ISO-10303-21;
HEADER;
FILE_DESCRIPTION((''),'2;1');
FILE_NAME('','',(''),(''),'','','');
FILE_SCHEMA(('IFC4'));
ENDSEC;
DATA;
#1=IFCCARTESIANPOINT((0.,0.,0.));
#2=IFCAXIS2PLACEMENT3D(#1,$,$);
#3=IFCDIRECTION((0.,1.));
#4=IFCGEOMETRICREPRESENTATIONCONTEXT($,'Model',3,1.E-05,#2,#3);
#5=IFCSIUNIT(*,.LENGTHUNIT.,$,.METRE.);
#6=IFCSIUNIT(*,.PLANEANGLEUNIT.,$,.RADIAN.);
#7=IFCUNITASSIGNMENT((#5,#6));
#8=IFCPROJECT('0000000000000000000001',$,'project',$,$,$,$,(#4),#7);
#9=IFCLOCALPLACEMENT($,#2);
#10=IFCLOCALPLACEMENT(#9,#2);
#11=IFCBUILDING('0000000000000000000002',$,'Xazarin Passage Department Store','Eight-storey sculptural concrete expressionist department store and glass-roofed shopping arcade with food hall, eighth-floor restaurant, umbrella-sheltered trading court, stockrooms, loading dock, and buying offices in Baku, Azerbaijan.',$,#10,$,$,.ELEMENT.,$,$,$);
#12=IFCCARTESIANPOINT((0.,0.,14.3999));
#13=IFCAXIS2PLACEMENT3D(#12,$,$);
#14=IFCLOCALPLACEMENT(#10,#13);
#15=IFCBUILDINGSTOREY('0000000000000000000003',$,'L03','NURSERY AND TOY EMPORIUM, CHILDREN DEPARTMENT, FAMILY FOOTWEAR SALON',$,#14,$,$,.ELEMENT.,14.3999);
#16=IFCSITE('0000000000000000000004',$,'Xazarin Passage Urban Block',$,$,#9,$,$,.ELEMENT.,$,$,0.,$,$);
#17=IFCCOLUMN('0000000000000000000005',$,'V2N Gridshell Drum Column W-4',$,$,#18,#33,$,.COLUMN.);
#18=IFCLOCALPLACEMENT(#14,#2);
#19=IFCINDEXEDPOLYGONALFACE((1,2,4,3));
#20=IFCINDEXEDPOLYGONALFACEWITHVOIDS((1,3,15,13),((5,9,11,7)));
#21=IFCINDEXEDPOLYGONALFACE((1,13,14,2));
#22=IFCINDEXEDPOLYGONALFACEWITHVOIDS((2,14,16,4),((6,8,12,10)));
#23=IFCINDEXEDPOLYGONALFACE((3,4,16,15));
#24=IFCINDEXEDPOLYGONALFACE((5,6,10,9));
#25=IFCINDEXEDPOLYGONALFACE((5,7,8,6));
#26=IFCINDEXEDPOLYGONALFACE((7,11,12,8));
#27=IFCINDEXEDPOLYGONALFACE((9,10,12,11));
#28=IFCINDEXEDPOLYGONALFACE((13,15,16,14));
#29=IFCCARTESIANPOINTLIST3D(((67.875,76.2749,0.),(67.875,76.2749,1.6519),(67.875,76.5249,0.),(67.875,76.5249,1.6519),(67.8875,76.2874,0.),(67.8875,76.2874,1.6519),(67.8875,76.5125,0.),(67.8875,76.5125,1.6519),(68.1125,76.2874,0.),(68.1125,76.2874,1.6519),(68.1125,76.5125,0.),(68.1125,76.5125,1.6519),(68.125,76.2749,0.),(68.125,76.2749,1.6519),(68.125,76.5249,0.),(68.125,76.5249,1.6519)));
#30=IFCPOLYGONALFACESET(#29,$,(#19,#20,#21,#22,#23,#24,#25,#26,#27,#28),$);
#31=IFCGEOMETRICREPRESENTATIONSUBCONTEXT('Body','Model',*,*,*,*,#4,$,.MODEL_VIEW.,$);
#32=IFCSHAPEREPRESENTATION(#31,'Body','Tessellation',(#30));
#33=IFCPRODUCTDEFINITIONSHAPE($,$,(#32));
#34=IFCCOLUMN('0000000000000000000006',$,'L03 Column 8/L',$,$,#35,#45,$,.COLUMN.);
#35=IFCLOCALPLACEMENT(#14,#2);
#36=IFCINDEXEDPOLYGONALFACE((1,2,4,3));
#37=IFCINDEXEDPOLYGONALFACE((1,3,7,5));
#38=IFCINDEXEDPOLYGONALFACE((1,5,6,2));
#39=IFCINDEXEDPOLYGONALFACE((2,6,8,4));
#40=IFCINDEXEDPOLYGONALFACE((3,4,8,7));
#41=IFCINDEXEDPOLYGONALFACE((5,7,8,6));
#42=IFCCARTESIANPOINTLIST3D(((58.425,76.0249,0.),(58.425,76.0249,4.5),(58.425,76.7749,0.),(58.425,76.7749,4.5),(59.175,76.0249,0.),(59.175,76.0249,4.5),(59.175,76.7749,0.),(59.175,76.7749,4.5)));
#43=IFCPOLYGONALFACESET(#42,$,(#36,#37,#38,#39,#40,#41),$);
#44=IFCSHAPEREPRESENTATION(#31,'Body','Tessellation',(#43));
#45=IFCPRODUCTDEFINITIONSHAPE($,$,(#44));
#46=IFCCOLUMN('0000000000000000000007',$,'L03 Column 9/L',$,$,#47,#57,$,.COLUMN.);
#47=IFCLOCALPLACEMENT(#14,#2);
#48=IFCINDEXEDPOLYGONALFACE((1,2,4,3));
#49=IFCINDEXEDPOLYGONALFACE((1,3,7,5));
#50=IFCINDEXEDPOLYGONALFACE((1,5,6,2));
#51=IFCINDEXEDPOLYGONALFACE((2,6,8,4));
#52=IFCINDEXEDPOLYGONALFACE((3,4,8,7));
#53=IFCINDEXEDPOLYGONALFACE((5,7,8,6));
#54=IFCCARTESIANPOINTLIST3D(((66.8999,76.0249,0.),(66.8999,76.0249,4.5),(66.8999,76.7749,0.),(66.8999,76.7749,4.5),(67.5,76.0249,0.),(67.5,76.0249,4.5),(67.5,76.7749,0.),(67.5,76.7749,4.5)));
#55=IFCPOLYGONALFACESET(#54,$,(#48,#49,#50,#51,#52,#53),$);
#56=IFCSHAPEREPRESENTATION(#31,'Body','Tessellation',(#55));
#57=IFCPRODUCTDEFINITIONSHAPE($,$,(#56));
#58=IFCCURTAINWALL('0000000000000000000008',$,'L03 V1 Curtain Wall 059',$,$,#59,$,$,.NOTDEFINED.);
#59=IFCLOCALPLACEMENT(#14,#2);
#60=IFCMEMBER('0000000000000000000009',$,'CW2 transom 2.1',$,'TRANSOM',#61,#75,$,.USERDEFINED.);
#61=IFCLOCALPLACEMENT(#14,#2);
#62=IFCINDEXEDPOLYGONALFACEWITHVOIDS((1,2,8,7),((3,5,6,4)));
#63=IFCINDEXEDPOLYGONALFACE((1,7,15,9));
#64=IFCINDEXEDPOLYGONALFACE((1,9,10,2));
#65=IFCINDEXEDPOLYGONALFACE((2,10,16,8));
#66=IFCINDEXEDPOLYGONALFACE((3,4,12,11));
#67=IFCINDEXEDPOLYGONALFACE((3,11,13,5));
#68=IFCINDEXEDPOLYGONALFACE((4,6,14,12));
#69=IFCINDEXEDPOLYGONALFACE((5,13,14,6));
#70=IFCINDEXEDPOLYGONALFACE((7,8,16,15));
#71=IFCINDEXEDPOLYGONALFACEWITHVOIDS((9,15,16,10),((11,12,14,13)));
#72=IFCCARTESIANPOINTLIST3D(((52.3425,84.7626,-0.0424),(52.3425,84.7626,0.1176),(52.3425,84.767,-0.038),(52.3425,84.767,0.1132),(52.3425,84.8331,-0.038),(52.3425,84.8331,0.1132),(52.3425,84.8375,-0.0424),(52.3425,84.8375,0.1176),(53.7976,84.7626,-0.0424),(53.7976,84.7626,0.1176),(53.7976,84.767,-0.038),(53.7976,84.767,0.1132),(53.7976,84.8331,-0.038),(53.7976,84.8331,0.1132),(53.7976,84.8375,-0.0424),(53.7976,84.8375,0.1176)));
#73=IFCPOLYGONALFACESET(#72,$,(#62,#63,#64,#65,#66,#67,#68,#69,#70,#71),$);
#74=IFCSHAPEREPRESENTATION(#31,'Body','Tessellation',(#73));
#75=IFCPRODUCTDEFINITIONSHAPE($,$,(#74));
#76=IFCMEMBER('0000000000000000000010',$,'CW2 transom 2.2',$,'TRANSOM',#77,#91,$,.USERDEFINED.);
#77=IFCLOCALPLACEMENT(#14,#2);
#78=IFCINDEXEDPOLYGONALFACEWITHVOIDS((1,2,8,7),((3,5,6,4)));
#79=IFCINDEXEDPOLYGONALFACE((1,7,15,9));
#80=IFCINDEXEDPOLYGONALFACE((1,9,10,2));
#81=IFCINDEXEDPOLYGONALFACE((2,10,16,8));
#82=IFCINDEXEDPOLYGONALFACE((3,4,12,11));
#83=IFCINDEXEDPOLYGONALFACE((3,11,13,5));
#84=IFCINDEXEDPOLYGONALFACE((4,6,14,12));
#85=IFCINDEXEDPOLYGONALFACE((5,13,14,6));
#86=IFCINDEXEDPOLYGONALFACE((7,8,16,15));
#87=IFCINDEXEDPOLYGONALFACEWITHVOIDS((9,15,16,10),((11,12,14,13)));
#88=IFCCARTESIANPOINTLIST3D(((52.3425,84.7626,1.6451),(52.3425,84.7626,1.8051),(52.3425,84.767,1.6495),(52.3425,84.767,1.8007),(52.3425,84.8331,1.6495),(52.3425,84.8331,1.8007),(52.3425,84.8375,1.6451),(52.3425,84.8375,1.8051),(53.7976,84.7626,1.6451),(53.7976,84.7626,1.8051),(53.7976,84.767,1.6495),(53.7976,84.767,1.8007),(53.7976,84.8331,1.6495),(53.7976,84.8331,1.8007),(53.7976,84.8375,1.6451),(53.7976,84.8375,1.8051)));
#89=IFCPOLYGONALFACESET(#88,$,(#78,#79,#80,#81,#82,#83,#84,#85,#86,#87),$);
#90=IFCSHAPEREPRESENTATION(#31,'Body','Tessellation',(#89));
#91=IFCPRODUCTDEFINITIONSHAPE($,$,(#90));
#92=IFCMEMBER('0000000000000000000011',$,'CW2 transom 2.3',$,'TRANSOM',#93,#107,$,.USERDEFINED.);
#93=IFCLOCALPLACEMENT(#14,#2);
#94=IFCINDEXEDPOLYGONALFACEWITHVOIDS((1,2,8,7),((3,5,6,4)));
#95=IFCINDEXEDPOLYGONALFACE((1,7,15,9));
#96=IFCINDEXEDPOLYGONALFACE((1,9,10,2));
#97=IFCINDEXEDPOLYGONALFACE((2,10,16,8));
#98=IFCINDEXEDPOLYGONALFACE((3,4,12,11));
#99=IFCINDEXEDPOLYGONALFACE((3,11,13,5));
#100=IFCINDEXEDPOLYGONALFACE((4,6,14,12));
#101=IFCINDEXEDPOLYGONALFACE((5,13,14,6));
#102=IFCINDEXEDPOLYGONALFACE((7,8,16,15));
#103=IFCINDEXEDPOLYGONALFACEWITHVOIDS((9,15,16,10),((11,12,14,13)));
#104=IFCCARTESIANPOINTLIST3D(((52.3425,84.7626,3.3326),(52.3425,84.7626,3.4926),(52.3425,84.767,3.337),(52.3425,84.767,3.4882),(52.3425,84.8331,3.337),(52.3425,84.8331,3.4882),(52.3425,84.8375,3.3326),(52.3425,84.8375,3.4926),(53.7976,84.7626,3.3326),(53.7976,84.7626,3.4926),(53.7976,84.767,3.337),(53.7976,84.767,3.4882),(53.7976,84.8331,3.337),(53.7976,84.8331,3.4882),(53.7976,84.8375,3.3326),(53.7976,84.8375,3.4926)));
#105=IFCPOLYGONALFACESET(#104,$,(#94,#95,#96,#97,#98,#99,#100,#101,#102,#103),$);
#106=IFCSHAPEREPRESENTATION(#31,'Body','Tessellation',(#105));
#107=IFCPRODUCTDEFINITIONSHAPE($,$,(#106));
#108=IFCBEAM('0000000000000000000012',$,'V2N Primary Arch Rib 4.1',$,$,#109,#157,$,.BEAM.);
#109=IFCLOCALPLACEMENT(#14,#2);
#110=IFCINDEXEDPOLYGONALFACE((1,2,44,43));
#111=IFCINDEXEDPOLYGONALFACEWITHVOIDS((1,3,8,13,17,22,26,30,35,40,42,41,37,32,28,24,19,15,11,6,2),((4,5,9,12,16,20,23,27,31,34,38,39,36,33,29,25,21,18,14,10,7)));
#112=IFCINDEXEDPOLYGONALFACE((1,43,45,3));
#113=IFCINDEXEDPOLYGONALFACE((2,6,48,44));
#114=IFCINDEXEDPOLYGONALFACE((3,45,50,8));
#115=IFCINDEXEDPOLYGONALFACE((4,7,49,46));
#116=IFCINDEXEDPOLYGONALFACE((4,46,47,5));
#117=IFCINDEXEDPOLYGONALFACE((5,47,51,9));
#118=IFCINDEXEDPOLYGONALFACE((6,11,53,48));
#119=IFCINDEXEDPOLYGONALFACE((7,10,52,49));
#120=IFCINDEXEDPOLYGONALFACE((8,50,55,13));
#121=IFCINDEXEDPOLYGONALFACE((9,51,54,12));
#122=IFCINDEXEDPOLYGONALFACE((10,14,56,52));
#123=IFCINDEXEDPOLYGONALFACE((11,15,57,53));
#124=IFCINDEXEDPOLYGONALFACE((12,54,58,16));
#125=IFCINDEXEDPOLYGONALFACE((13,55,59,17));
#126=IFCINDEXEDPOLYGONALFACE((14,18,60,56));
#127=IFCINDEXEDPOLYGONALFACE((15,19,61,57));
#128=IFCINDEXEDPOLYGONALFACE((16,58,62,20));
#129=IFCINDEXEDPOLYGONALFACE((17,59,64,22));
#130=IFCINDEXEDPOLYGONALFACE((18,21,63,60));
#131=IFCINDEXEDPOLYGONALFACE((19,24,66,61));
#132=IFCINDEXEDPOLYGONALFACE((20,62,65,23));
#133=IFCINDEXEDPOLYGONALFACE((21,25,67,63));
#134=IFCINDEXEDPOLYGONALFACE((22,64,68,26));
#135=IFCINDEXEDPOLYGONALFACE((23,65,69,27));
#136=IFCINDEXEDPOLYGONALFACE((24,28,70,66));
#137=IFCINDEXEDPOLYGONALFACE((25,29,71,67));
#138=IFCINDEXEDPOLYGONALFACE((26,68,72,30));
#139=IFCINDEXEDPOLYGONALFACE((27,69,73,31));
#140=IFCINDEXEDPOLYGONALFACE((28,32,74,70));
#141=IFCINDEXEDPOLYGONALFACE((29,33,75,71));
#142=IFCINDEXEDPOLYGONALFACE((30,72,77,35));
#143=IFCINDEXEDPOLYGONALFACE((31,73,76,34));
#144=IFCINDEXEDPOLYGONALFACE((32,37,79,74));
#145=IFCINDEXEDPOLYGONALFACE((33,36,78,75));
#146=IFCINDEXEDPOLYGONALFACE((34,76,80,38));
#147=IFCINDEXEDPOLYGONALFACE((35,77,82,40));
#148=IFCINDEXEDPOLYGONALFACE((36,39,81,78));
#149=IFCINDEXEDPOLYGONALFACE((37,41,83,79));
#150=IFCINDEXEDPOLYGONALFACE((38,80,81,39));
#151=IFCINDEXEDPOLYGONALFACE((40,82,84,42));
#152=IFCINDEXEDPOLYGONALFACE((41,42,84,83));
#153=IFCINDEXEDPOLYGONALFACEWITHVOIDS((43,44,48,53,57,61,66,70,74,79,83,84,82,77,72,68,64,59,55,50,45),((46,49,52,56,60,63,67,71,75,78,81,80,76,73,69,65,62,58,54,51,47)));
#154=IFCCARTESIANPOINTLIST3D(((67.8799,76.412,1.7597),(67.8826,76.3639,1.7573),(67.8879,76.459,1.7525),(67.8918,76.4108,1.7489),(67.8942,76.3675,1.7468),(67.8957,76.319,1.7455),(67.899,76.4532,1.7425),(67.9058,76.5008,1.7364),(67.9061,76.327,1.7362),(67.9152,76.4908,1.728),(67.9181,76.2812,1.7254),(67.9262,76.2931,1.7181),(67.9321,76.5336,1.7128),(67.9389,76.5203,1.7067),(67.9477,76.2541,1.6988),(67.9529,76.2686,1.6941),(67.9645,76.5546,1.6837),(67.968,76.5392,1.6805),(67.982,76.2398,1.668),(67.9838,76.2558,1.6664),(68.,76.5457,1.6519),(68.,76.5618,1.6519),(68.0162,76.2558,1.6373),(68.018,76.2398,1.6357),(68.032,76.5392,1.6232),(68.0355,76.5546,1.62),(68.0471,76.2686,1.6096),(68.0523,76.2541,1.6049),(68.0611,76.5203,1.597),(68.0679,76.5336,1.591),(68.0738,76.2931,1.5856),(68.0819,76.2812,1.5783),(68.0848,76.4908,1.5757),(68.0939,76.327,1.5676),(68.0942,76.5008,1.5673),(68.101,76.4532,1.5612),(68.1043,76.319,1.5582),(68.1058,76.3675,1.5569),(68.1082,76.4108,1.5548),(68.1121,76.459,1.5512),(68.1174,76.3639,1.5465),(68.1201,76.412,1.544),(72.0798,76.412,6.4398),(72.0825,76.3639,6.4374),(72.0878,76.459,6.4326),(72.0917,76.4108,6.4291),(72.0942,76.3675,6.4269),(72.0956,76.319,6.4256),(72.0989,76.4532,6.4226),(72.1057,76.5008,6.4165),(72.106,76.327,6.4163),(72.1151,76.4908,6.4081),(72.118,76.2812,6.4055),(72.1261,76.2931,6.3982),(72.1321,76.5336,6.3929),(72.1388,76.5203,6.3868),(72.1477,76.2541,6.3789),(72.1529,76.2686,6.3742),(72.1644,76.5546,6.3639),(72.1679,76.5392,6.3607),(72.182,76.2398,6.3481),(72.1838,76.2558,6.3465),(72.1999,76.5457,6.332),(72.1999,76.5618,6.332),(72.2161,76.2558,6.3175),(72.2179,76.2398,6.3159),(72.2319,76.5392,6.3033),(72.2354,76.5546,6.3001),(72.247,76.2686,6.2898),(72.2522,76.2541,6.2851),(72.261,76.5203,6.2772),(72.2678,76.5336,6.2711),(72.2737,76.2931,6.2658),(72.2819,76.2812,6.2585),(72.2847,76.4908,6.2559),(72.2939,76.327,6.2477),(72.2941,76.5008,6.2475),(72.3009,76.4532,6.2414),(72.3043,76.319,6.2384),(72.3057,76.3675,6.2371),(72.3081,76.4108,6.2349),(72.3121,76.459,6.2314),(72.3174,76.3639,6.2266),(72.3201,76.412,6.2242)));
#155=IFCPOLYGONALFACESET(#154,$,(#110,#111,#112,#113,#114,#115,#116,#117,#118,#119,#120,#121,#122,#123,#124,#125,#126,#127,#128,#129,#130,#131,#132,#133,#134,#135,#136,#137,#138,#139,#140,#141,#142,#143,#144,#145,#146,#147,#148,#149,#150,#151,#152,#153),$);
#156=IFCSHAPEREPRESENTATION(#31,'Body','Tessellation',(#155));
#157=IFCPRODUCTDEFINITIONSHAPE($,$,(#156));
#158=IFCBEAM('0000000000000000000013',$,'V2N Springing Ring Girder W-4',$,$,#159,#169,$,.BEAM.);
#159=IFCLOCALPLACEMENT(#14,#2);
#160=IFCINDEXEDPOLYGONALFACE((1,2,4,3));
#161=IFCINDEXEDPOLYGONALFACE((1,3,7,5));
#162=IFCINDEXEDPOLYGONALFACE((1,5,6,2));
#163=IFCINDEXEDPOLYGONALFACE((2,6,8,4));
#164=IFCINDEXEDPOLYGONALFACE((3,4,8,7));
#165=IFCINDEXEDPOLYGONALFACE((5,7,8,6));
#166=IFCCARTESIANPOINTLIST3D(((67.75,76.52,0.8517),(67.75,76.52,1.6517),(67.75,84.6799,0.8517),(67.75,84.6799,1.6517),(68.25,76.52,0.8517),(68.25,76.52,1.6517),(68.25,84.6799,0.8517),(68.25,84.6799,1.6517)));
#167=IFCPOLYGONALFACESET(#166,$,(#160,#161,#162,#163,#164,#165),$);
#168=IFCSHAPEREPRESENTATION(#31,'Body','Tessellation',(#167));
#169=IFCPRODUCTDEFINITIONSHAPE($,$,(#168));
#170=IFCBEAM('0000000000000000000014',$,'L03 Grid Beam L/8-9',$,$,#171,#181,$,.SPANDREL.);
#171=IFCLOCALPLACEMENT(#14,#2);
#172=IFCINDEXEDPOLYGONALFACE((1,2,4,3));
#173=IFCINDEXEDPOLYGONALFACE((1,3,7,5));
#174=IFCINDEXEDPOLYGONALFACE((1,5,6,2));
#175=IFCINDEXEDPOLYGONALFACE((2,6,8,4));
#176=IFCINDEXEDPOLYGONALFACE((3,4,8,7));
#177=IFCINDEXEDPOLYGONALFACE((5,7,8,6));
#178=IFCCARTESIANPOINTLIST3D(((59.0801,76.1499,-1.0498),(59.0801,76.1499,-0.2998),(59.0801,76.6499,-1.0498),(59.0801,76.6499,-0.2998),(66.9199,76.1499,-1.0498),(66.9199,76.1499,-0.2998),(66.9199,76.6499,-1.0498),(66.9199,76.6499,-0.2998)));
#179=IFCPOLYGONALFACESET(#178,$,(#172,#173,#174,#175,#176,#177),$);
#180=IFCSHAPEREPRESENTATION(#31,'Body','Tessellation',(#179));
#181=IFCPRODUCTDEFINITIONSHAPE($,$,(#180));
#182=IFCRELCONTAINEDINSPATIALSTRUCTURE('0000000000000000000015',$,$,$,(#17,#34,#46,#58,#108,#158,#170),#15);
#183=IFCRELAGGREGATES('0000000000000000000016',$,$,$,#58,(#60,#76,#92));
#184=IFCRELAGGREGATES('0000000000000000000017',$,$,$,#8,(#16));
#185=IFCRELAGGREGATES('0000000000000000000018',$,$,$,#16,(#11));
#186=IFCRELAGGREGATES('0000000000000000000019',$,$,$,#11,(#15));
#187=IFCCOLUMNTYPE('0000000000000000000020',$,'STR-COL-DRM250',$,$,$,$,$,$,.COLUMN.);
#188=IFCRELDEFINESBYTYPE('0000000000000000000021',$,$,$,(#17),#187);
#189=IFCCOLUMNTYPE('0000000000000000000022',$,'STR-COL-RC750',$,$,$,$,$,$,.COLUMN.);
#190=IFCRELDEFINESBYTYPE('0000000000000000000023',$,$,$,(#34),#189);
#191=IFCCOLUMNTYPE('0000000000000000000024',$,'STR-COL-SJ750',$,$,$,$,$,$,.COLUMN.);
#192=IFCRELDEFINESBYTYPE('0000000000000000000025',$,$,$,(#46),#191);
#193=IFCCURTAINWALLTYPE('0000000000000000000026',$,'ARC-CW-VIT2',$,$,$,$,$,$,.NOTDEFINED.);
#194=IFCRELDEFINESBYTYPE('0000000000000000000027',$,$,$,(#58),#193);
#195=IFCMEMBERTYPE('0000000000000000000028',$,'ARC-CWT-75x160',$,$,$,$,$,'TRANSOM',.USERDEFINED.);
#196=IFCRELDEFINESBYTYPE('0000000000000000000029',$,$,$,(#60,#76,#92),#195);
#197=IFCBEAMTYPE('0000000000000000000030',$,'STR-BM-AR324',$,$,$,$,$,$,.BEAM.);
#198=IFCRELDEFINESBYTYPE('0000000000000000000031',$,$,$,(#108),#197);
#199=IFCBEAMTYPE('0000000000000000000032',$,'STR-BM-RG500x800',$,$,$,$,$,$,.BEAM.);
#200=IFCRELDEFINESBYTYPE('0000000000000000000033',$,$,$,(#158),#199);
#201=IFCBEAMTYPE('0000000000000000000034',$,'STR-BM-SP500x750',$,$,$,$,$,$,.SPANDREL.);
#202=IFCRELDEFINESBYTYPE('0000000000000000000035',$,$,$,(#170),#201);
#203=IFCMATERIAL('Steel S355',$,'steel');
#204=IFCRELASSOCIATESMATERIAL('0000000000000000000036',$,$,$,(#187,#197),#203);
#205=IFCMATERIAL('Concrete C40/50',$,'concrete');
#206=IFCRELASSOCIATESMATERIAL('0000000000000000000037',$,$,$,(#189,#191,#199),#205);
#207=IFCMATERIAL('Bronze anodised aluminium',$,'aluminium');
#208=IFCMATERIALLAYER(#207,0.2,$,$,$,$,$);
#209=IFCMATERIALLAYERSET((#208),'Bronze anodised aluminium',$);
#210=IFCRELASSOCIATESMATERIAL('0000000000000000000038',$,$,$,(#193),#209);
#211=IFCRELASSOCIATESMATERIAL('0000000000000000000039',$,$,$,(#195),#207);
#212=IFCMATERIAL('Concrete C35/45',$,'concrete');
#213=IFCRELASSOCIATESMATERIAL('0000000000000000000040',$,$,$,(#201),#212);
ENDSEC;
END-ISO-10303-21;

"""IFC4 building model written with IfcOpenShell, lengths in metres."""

from ifc_helpers import new_model, si_unit, direction, frame, origin, origin_2d, place, context, subcontext, project, spatial, rectangle, hollow_rectangle, hollow_circle, extrude, material, layer, layer_set, material_profile, profile_set, type_object, element, aggregate, save


model = new_model("IFC4")

# Units and contexts
model_context = context("Model", 3, precision=1e-05, world=origin(), true_north=direction((0.0, 1.0)))
body_context = subcontext(model_context, "Body", "Model", "MODEL_VIEW")
ifc_project = project(units=[si_unit("LENGTHUNIT", "METRE"), si_unit("PLANEANGLEUNIT", "RADIAN")], contexts=[model_context])

# Site, building, storey
site_placement = place(None, origin())
site = spatial("IfcSite", under=ifc_project, at=site_placement, Name="Xazarin Passage Urban Block", CompositionType="ELEMENT", RefElevation=0.0)
building_placement = place(site_placement, origin())
building = spatial("IfcBuilding", under=site, at=building_placement, Name="Xazarin Passage Department Store", Description="Eight-storey sculptural concrete expressionist department store and glass-roofed shopping arcade with food hall, eighth-floor restaurant, umbrella-sheltered trading court, stockrooms, loading dock, and buying offices in Baku, Azerbaijan.", CompositionType="ELEMENT")
storey_placement = place(building_placement, frame((0.0, 0.0, 14.3999)))
storey = spatial("IfcBuildingStorey", under=building, at=storey_placement, Name="L03", Description="NURSERY AND TOY EMPORIUM, CHILDREN DEPARTMENT, FAMILY FOOTWEAR SALON", CompositionType="ELEMENT", Elevation=14.3999)

# Columns
ifc_material_1 = material(Name="Steel S355", Category="steel")
ifc_material_profile_1 = material_profile(ifc_material_1, hollow_rectangle(XDim=0.25, YDim=0.25, WallThickness=0.0125, at=origin_2d()), Name="SHS 250x250x12.5")
ifc_profile_set_1 = profile_set([ifc_material_profile_1], Name="Steel S355")
column_type_1 = type_object("IfcColumnType", Name="STR-COL-DRM250", PredefinedType="COLUMN", material=ifc_profile_set_1)
column_1_placement = place(storey_placement, frame((68.0, 76.3999, 0.0), z_axis=(0.0, 0.0, 1.0), x_axis=(1.0, 0.0, 0.0)))
element("IfcColumn", 1, at=column_1_placement, inside=storey, type_object=column_type_1, Name="V2N Gridshell Drum Column W-4", PredefinedType="COLUMN", context=body_context, shape_type="SweptSolid", body=[
    extrude(hollow_rectangle(XDim=0.25, YDim=0.25, WallThickness=0.0125, at=origin_2d()), origin(), (0.0, 0.0, 1.0), 1.6519),
])
ifc_material_2 = material(Name="Concrete C40/50", Category="concrete")
ifc_material_profile_2 = material_profile(ifc_material_2, rectangle(XDim=0.75, YDim=0.75, at=origin_2d()), Name="RC 750x750")
ifc_profile_set_2 = profile_set([ifc_material_profile_2], Name="Concrete C40/50")
column_type_2 = type_object("IfcColumnType", Name="STR-COL-RC750", PredefinedType="COLUMN", material=ifc_profile_set_2)
column_2_placement = place(storey_placement, frame((58.8, 76.3999, 0.0), z_axis=(0.0, 0.0, 1.0), x_axis=(1.0, 0.0, 0.0)))
element("IfcColumn", 2, at=column_2_placement, inside=storey, type_object=column_type_2, Name="L03 Column 8/L", PredefinedType="COLUMN", context=body_context, shape_type="SweptSolid", body=[
    extrude(rectangle(XDim=0.75, YDim=0.75, at=origin_2d()), origin(), (0.0, 0.0, 1.0), 4.5),
])
ifc_material_profile_3 = material_profile(ifc_material_2, rectangle(XDim=0.6001, YDim=0.75, at=origin_2d()), Name="RC 600x750")
ifc_profile_set_3 = profile_set([ifc_material_profile_3], Name="Concrete C40/50")
column_type_3 = type_object("IfcColumnType", Name="STR-COL-SJ750", PredefinedType="COLUMN", material=ifc_profile_set_3)
column_3_placement = place(storey_placement, frame((67.2, 76.3999, 0.0), z_axis=(0.0, 0.0, 1.0), x_axis=(1.0, 0.0, 0.0)))
element("IfcColumn", 3, at=column_3_placement, inside=storey, type_object=column_type_3, Name="L03 Column 9/L", PredefinedType="COLUMN", context=body_context, shape_type="SweptSolid", body=[
    extrude(rectangle(XDim=0.6001, YDim=0.75, at=origin_2d()), origin(), (0.0, 0.0, 1.0), 4.5),
])

# Curtain wall, members
ifc_material_3 = material(Name="Bronze anodised aluminium", Category="aluminium")
ifc_layer_1 = layer(ifc_material_3, 0.2)
ifc_layer_set_1 = layer_set([ifc_layer_1], Name="Bronze anodised aluminium")
curtain_wall_type = type_object("IfcCurtainWallType", Name="ARC-CW-VIT2", PredefinedType="NOTDEFINED", material=ifc_layer_set_1)
curtain_wall_placement = place(storey_placement, origin())
curtain_wall = element("IfcCurtainWall", 4, at=curtain_wall_placement, inside=storey, type_object=curtain_wall_type, Name="L03 V1 Curtain Wall 059", PredefinedType="NOTDEFINED")
ifc_material_profile_4 = material_profile(ifc_material_3, hollow_rectangle(XDim=0.075, YDim=0.1599, WallThickness=0.0044, at=origin_2d()), Name="ALU 75x160")
ifc_profile_set_4 = profile_set([ifc_material_profile_4], Name="Bronze anodised aluminium")
member_type = type_object("IfcMemberType", Name="ARC-CWT-75x160", ElementType="TRANSOM", PredefinedType="USERDEFINED", material=ifc_profile_set_4)
member_1_placement = place(storey_placement, frame((52.3425, 84.8, 0.0376), z_axis=(1.0, 0.0, 0.0), x_axis=(0.0, 1.0, 0.0)))
member_1 = element("IfcMember", 5, at=member_1_placement, type_object=member_type, Name="CW2 transom 2.1", ObjectType="TRANSOM", PredefinedType="USERDEFINED", context=body_context, shape_type="SweptSolid", body=[
    extrude(hollow_rectangle(XDim=0.075, YDim=0.1599, WallThickness=0.0044, at=origin_2d()), origin(), (0.0, 0.0, 1.0), 1.4551),
])
member_2_placement = place(storey_placement, frame((52.3425, 84.8, 1.7251), z_axis=(1.0, 0.0, 0.0), x_axis=(0.0, 1.0, 0.0)))
member_2 = element("IfcMember", 6, at=member_2_placement, type_object=member_type, Name="CW2 transom 2.2", ObjectType="TRANSOM", PredefinedType="USERDEFINED", context=body_context, shape_type="SweptSolid", body=[
    extrude(hollow_rectangle(XDim=0.075, YDim=0.1599, WallThickness=0.0044, at=origin_2d()), origin(), (0.0, 0.0, 1.0), 1.4551),
])
member_3_placement = place(storey_placement, frame((52.3425, 84.8, 3.4126), z_axis=(1.0, 0.0, 0.0), x_axis=(0.0, 1.0, 0.0)))
member_3 = element("IfcMember", 7, at=member_3_placement, type_object=member_type, Name="CW2 transom 2.3", ObjectType="TRANSOM", PredefinedType="USERDEFINED", context=body_context, shape_type="SweptSolid", body=[
    extrude(hollow_rectangle(XDim=0.075, YDim=0.1599, WallThickness=0.0044, at=origin_2d()), origin(), (0.0, 0.0, 1.0), 1.4551),
])

# Beams
ifc_material_profile_5 = material_profile(ifc_material_1, hollow_circle(Radius=0.1619, WallThickness=0.0161, at=origin_2d()), Name="CHS 323.9x16")
ifc_profile_set_5 = profile_set([ifc_material_profile_5], Name="Steel S355")
beam_type_1 = type_object("IfcBeamType", Name="STR-BM-AR324", PredefinedType="BEAM", material=ifc_profile_set_5)
beam_1_placement = place(storey_placement, frame((68.0, 76.3999, 1.6519), z_axis=(0.667892, 0.0, 0.744259), x_axis=(0.0, 1.0, 0.0)))
element("IfcBeam", 8, at=beam_1_placement, inside=storey, type_object=beam_type_1, Name="V2N Primary Arch Rib 4.1", PredefinedType="BEAM", context=body_context, shape_type="SweptSolid", body=[
    extrude(hollow_circle(Radius=0.1619, WallThickness=0.0161, at=origin_2d()), origin(), (0.0, 0.0, 1.0), 6.2883),
])
ifc_material_profile_6 = material_profile(ifc_material_2, rectangle(XDim=0.5, YDim=0.8, at=origin_2d()), Name="RC 500x800")
ifc_profile_set_6 = profile_set([ifc_material_profile_6], Name="Concrete C40/50")
beam_type_2 = type_object("IfcBeamType", Name="STR-BM-RG500x800", PredefinedType="BEAM", material=ifc_profile_set_6)
beam_2_placement = place(storey_placement, frame((68.0, 76.52, 1.2517), z_axis=(0.0, 1.0, 0.0), x_axis=(-1.0, 0.0, 0.0)))
element("IfcBeam", 9, at=beam_2_placement, inside=storey, type_object=beam_type_2, Name="V2N Springing Ring Girder W-4", PredefinedType="BEAM", context=body_context, shape_type="SweptSolid", body=[
    extrude(rectangle(XDim=0.5, YDim=0.8, at=origin_2d()), origin(), (0.0, 0.0, 1.0), 8.1599),
])
ifc_material_4 = material(Name="Concrete C35/45", Category="concrete")
ifc_material_profile_7 = material_profile(ifc_material_4, rectangle(XDim=0.5, YDim=0.75, at=origin_2d()), Name="RC 500x750")
ifc_profile_set_7 = profile_set([ifc_material_profile_7], Name="Concrete C35/45")
beam_type_3 = type_object("IfcBeamType", Name="STR-BM-SP500x750", PredefinedType="SPANDREL", material=ifc_profile_set_7)
beam_3_placement = place(storey_placement, frame((59.0801, 76.3999, -0.6748), z_axis=(1.0, 0.0, 0.0), x_axis=(0.0, 1.0, 0.0)))
element("IfcBeam", 10, at=beam_3_placement, inside=storey, type_object=beam_type_3, Name="L03 Grid Beam L/8-9", PredefinedType="SPANDREL", context=body_context, shape_type="SweptSolid", body=[
    extrude(rectangle(XDim=0.5, YDim=0.75, at=origin_2d()), origin(), (0.0, 0.0, 1.0), 7.8398),
])

aggregate(curtain_wall, [member_1, member_2, member_3])

save(model, "model.ifc")
